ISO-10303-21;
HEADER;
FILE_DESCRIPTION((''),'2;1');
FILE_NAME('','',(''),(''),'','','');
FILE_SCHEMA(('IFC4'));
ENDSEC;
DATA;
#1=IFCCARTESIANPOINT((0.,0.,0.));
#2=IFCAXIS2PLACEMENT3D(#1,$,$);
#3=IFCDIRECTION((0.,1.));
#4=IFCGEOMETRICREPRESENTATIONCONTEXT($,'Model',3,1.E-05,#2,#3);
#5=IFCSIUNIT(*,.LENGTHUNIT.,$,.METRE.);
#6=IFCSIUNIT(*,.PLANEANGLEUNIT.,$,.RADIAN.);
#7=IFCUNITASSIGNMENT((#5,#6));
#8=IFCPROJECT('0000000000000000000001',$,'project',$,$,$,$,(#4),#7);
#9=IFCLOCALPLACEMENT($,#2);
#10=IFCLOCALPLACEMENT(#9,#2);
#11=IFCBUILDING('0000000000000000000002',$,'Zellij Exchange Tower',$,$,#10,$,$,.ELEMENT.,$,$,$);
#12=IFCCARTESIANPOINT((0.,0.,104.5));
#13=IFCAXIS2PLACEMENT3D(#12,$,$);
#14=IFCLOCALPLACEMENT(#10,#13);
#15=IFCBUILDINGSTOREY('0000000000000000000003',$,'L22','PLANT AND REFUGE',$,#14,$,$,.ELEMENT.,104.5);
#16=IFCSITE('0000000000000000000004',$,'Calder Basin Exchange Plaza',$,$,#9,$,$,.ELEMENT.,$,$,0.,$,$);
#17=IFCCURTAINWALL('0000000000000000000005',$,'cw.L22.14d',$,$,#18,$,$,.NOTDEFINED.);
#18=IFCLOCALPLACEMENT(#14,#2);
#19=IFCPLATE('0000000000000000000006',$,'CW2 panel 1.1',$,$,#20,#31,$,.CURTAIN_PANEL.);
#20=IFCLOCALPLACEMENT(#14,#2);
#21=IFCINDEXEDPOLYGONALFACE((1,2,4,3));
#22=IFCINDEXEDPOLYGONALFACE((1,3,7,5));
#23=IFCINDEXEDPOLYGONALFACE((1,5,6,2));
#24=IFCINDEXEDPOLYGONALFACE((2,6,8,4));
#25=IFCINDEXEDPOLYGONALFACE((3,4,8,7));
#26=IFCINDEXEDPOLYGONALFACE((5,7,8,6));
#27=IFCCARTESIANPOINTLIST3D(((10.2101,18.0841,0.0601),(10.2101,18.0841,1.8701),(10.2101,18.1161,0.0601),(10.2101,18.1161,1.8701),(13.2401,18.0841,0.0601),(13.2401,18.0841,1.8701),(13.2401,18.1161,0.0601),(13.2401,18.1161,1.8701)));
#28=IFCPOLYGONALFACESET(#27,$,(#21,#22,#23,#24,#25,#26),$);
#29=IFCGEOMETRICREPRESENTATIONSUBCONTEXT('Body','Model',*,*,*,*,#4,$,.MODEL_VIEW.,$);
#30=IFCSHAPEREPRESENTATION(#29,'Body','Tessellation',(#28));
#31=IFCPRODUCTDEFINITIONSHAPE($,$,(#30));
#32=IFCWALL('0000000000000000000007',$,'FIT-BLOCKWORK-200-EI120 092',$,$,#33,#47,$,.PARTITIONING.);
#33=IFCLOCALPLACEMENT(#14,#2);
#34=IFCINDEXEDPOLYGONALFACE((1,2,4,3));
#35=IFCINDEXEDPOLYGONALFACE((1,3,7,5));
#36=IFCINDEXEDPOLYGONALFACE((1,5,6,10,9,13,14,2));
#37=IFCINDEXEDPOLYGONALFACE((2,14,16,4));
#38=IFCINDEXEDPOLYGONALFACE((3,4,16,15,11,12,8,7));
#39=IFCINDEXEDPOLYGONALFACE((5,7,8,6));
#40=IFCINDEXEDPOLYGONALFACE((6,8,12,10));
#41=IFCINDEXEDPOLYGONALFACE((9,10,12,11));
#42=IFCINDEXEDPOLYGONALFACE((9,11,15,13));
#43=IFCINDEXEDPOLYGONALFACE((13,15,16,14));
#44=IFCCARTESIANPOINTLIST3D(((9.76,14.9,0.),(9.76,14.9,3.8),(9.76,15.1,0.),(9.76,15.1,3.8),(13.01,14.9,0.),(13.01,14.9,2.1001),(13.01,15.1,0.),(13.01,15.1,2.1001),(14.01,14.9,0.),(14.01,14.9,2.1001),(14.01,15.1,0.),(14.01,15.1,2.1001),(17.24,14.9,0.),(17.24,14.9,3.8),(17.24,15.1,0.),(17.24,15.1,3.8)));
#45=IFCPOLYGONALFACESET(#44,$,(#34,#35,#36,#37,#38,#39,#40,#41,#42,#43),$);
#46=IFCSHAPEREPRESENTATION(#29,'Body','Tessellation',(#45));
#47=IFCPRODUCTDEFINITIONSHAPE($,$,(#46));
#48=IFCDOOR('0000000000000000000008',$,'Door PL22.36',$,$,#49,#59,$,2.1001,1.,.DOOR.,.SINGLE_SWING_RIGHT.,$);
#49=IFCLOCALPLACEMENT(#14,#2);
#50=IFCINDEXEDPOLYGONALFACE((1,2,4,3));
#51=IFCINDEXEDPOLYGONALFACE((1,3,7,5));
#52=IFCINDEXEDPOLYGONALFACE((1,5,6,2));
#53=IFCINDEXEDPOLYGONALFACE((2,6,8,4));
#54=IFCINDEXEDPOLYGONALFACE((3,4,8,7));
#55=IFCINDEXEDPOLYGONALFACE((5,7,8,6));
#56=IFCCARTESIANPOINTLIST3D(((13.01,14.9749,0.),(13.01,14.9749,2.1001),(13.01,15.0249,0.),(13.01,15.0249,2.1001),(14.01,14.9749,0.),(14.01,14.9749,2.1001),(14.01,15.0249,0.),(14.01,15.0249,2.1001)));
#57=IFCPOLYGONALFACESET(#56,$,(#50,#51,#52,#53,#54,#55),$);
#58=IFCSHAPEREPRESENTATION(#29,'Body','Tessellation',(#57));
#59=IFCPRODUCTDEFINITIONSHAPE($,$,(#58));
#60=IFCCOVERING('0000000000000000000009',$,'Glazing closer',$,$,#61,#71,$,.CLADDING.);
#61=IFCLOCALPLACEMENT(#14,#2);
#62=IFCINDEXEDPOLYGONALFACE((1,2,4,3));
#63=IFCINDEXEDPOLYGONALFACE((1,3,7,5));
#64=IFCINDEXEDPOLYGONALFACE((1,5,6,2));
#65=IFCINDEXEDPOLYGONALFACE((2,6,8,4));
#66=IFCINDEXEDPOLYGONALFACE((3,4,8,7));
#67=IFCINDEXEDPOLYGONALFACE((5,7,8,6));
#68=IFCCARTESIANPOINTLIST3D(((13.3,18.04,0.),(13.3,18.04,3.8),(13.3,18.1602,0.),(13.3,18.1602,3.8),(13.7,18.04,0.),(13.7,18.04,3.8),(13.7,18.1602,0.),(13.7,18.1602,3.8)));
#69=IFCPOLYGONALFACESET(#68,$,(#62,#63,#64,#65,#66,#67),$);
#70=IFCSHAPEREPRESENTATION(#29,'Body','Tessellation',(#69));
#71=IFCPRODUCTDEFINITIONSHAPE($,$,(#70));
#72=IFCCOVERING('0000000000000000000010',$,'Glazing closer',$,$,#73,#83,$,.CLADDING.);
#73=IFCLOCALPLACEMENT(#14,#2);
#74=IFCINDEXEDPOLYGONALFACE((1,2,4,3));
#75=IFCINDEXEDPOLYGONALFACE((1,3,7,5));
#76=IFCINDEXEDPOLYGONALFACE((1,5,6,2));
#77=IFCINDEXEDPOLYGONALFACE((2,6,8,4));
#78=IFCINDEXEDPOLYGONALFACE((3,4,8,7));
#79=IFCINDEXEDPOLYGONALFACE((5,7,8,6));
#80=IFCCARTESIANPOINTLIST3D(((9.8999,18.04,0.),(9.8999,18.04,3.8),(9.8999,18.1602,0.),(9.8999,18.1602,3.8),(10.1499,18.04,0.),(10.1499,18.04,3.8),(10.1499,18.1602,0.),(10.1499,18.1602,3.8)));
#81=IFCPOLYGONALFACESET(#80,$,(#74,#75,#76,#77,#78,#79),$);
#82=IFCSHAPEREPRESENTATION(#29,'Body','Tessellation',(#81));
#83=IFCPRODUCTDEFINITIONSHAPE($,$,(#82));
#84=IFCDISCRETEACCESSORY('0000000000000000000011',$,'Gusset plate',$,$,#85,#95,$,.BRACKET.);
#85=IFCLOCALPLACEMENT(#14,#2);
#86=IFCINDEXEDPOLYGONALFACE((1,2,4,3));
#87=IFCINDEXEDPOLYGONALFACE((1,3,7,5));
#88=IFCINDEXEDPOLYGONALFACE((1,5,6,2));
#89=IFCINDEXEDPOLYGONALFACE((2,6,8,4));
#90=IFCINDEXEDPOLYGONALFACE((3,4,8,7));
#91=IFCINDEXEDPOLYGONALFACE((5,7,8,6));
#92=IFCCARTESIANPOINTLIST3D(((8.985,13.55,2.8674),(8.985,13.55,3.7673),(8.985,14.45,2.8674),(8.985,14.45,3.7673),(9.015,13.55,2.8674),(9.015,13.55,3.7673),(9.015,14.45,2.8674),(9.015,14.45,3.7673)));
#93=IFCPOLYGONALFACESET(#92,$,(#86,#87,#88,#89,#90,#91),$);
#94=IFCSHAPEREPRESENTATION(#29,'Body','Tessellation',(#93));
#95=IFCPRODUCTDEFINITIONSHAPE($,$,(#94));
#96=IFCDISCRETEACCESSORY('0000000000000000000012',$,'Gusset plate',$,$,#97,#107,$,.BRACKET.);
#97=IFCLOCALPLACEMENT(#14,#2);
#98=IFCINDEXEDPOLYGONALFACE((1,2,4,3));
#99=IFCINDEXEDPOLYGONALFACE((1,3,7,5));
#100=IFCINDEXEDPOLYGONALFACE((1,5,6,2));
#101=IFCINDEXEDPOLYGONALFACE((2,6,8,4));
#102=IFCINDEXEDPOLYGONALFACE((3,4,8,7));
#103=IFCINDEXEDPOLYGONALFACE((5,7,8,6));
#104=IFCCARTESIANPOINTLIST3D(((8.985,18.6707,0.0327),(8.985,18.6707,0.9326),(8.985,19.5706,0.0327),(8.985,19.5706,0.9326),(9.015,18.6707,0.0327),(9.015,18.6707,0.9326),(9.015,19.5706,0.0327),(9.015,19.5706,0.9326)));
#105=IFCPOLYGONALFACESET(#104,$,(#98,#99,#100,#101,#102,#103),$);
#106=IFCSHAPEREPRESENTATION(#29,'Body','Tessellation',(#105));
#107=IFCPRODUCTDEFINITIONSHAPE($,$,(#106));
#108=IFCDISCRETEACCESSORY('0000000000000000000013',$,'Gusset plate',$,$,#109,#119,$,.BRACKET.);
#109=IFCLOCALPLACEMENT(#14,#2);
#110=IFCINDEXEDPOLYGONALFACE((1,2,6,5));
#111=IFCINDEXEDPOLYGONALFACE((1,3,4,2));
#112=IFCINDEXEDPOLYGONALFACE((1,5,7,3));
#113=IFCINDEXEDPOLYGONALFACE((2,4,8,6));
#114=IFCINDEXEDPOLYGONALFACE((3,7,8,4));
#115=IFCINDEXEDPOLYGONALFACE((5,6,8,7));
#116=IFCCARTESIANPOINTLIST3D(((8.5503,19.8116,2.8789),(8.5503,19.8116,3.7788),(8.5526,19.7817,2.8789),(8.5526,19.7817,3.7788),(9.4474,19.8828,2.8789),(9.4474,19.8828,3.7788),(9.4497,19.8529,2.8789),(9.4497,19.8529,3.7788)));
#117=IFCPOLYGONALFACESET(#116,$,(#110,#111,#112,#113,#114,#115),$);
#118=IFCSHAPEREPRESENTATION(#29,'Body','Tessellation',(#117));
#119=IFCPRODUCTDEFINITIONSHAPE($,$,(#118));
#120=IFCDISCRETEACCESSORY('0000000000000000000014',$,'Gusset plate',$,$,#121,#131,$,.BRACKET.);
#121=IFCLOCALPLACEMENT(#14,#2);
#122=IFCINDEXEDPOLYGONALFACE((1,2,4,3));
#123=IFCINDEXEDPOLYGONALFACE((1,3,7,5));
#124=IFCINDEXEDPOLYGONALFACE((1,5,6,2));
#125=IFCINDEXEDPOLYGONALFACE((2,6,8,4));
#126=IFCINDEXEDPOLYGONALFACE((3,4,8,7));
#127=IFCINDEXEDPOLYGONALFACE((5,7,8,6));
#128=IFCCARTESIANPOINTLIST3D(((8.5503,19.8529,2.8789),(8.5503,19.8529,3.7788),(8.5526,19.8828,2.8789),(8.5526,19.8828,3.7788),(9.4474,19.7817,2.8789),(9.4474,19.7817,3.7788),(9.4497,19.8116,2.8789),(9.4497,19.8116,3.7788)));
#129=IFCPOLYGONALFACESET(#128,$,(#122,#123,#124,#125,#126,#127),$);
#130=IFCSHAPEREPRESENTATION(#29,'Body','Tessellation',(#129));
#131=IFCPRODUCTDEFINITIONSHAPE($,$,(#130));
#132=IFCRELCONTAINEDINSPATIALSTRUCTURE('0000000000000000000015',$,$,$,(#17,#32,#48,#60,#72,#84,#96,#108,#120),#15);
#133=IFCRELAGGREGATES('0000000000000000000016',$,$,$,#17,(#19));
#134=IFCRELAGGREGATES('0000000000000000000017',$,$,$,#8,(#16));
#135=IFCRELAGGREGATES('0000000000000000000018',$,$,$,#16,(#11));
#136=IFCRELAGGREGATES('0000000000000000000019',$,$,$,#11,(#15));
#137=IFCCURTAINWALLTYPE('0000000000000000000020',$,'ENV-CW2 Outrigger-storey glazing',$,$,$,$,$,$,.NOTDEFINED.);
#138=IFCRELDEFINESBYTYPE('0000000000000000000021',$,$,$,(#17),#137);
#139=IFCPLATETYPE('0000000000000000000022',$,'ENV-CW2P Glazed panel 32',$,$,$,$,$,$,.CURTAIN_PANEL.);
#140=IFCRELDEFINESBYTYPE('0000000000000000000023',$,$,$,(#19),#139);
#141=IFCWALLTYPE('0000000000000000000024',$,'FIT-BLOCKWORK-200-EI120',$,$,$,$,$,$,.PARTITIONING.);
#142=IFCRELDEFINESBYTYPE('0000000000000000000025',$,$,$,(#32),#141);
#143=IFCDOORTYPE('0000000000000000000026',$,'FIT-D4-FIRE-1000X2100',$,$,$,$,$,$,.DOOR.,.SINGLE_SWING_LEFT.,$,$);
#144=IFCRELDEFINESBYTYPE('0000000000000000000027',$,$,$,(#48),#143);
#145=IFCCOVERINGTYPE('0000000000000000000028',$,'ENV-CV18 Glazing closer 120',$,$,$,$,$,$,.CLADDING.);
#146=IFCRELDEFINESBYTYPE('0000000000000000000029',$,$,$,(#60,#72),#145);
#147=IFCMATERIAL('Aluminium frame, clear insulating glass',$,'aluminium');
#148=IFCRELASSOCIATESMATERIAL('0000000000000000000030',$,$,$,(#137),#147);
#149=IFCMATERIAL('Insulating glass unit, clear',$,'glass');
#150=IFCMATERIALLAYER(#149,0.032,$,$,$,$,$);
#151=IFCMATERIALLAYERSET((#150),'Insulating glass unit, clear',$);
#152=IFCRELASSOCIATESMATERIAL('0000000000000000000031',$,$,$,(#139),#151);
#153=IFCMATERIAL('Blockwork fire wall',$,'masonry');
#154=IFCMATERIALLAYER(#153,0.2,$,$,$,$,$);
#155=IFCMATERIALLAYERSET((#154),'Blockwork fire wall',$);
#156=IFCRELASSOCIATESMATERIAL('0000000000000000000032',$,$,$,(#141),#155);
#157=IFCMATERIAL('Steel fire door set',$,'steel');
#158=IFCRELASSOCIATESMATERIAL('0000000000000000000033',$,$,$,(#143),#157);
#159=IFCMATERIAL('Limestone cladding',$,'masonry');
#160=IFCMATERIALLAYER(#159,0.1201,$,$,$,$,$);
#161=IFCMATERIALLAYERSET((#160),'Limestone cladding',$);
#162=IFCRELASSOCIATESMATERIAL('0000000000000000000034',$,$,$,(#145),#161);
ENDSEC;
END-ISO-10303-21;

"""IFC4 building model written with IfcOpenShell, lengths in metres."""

from ifc_helpers import new_model, si_unit, direction, frame, frame_2d, origin, origin_2d, place, context, subcontext, project, spatial, rectangle, extrude, material, layer, layer_set, type_object, element, fill, aggregate, save


model = new_model("IFC4")

# Units and contexts
model_context = context("Model", 3, precision=1e-05, world=origin(), true_north=direction((0.0, 1.0)))
body_context = subcontext(model_context, "Body", "Model", "MODEL_VIEW")
ifc_project = project(units=[si_unit("LENGTHUNIT", "METRE"), si_unit("PLANEANGLEUNIT", "RADIAN")], contexts=[model_context])

# Site, building, storey
site_placement = place(None, origin())
site = spatial("IfcSite", under=ifc_project, at=site_placement, Name="Calder Basin Exchange Plaza", CompositionType="ELEMENT", RefElevation=0.0)
building_placement = place(site_placement, origin())
building = spatial("IfcBuilding", under=site, at=building_placement, Name="Zellij Exchange Tower", CompositionType="ELEMENT")
storey_placement = place(building_placement, frame((0.0, 0.0, 104.5)))
storey = spatial("IfcBuildingStorey", under=building, at=storey_placement, Name="L22", Description="PLANT AND REFUGE", CompositionType="ELEMENT", Elevation=104.5)

# Curtain wall
ifc_material_1 = material(Name="Aluminium frame, clear insulating glass", Category="aluminium")
curtain_wall_type = type_object("IfcCurtainWallType", Name="ENV-CW2 Outrigger-storey glazing", PredefinedType="NOTDEFINED", material=ifc_material_1)
curtain_wall_1_placement = place(storey_placement, origin())
curtain_wall_1 = element("IfcCurtainWall", 1, at=curtain_wall_1_placement, inside=storey, type_object=curtain_wall_type, Name="cw.L22.14d", PredefinedType="NOTDEFINED")

# Plate
ifc_material_2 = material(Name="Insulating glass unit, clear", Category="glass")
ifc_layer_1 = layer(ifc_material_2, 0.032)
ifc_layer_set_1 = layer_set([ifc_layer_1], Name="Insulating glass unit, clear")
plate_type_1 = type_object("IfcPlateType", Name="ENV-CW2P Glazed panel 32", PredefinedType="CURTAIN_PANEL", material=ifc_layer_set_1)
plate_1_placement = place(storey_placement, frame((11.7251, 18.1001, 0.0601), z_axis=(0.0, 0.0, 1.0), x_axis=(-1.0, 0.0, 0.0)))
plate_1 = element("IfcPlate", 2, at=plate_1_placement, type_object=plate_type_1, Name="CW2 panel 1.1", PredefinedType="CURTAIN_PANEL", context=body_context, shape_type="SweptSolid", body=[
    extrude(rectangle(XDim=3.03, YDim=0.032, at=origin_2d()), origin(), (0.0, 0.0, 1.0), 1.8101),
])
aggregate(curtain_wall_1, [plate_1])

# Wall, opening, door
ifc_material_3 = material(Name="Blockwork fire wall", Category="masonry")
ifc_layer_2 = layer(ifc_material_3, 0.2)
ifc_layer_set_2 = layer_set([ifc_layer_2], Name="Blockwork fire wall")
wall_type = type_object("IfcWallType", Name="FIT-BLOCKWORK-200-EI120", PredefinedType="PARTITIONING", material=ifc_layer_set_2)
wall_placement = place(storey_placement, frame((9.76, 15.0, 0.0), z_axis=(0.0, 0.0, 1.0), x_axis=(1.0, 0.0, 0.0)))
wall = element("IfcWall", 3, at=wall_placement, inside=storey, type_object=wall_type, Name="FIT-BLOCKWORK-200-EI120 092", PredefinedType="PARTITIONING", context=body_context, shape_type="SweptSolid", body=[
    extrude(rectangle(XDim=7.48, YDim=0.2, at=frame_2d((3.74, 0.0))), origin(), (0.0, 0.0, 1.0), 3.8),
])
opening_placement = place(wall_placement, frame((3.25, 0.0, 0.0)))
opening = element("IfcOpeningElement", 4, at=opening_placement, cuts=wall, PredefinedType="OPENING", context=body_context, shape_type="SweptSolid", body=[
    extrude(rectangle(XDim=1.0, YDim=2.1001, at=frame_2d((0.5, 1.05))), frame((0.0, 0.1118, 0.0), z_axis=(0.0, -1.0, 0.0), x_axis=(1.0, 0.0, 0.0)), (0.0, 0.0, 1.0), 0.2239),
])
ifc_material_4 = material(Name="Steel fire door set", Category="steel")
door_type = type_object("IfcDoorType", Name="FIT-D4-FIRE-1000X2100", OperationType="SINGLE_SWING_LEFT", PredefinedType="DOOR", material=ifc_material_4)
door_placement = place(opening_placement, origin())
door = element("IfcDoor", 5, at=door_placement, inside=storey, type_object=door_type, Name="Door PL22.36", OperationType="SINGLE_SWING_RIGHT", OverallHeight=2.1001, OverallWidth=1.0, PredefinedType="DOOR", context=body_context, shape_type="SweptSolid", body=[
    extrude(rectangle(XDim=1.0, YDim=2.1001, at=frame_2d((0.5, 1.05))), frame((0.0, 0.0249, 0.0), z_axis=(0.0, -1.0, 0.0), x_axis=(1.0, 0.0, 0.0)), (0.0, 0.0, 1.0), 0.05),
])
fill(opening, door)

# Coverings
ifc_material_5 = material(Name="Limestone cladding", Category="masonry")
ifc_layer_3 = layer(ifc_material_5, 0.1201)
ifc_layer_set_3 = layer_set([ifc_layer_3], Name="Limestone cladding")
covering_type = type_object("IfcCoveringType", Name="ENV-CV18 Glazing closer 120", PredefinedType="CLADDING", material=ifc_layer_set_3)
covering_1_placement = place(storey_placement, frame((13.5, 18.1001, 0.0), z_axis=(0.0, 0.0, 1.0), x_axis=(-1.0, 0.0, 0.0)))
element("IfcCovering", 6, at=covering_1_placement, inside=storey, type_object=covering_type, Name="Glazing closer", PredefinedType="CLADDING", context=body_context, shape_type="SweptSolid", body=[
    extrude(rectangle(XDim=0.3999, YDim=0.1201, at=origin_2d()), origin(), (0.0, 0.0, 1.0), 3.8),
])
covering_2_placement = place(storey_placement, frame((10.0249, 18.1001, 0.0), z_axis=(0.0, 0.0, 1.0), x_axis=(-1.0, 0.0, 0.0)))
element("IfcCovering", 7, at=covering_2_placement, inside=storey, type_object=covering_type, Name="Glazing closer", PredefinedType="CLADDING", context=body_context, shape_type="SweptSolid", body=[
    extrude(rectangle(XDim=0.25, YDim=0.1201, at=origin_2d()), origin(), (0.0, 0.0, 1.0), 3.8),
])

# Discrete accessories
for number, where, z_axis, x_axis, name in (
    (8, (9.0, 14.0, 2.8674), (0.0, 0.0, 1.0), (0.0, 1.0, 0.0), "Gusset plate"),
    (9, (9.0, 19.1206, 0.0327), (0.0, 0.0, 1.0), (0.0, 1.0, 0.0), "Gusset plate"),
    (10, (9.0, 19.8323, 2.8789), (0.0, 0.0, 1.0), (0.996864, 0.079129, 0.0), "Gusset plate"),
    (11, (9.0, 19.8323, 2.8789), (0.0, 0.0, 1.0), (0.996864, -0.079129, 0.0), "Gusset plate"),
):
    element("IfcDiscreteAccessory", number, at=place(storey_placement, frame(where, z_axis=z_axis, x_axis=x_axis)), inside=storey, Name=name, PredefinedType="BRACKET", context=body_context, shape_type="SweptSolid", body=[
        extrude(rectangle(XDim=0.8999, YDim=0.03, at=origin_2d()), origin(), (0.0, 0.0, 1.0), 0.8999),
    ])

save(model, "model.ifc")
